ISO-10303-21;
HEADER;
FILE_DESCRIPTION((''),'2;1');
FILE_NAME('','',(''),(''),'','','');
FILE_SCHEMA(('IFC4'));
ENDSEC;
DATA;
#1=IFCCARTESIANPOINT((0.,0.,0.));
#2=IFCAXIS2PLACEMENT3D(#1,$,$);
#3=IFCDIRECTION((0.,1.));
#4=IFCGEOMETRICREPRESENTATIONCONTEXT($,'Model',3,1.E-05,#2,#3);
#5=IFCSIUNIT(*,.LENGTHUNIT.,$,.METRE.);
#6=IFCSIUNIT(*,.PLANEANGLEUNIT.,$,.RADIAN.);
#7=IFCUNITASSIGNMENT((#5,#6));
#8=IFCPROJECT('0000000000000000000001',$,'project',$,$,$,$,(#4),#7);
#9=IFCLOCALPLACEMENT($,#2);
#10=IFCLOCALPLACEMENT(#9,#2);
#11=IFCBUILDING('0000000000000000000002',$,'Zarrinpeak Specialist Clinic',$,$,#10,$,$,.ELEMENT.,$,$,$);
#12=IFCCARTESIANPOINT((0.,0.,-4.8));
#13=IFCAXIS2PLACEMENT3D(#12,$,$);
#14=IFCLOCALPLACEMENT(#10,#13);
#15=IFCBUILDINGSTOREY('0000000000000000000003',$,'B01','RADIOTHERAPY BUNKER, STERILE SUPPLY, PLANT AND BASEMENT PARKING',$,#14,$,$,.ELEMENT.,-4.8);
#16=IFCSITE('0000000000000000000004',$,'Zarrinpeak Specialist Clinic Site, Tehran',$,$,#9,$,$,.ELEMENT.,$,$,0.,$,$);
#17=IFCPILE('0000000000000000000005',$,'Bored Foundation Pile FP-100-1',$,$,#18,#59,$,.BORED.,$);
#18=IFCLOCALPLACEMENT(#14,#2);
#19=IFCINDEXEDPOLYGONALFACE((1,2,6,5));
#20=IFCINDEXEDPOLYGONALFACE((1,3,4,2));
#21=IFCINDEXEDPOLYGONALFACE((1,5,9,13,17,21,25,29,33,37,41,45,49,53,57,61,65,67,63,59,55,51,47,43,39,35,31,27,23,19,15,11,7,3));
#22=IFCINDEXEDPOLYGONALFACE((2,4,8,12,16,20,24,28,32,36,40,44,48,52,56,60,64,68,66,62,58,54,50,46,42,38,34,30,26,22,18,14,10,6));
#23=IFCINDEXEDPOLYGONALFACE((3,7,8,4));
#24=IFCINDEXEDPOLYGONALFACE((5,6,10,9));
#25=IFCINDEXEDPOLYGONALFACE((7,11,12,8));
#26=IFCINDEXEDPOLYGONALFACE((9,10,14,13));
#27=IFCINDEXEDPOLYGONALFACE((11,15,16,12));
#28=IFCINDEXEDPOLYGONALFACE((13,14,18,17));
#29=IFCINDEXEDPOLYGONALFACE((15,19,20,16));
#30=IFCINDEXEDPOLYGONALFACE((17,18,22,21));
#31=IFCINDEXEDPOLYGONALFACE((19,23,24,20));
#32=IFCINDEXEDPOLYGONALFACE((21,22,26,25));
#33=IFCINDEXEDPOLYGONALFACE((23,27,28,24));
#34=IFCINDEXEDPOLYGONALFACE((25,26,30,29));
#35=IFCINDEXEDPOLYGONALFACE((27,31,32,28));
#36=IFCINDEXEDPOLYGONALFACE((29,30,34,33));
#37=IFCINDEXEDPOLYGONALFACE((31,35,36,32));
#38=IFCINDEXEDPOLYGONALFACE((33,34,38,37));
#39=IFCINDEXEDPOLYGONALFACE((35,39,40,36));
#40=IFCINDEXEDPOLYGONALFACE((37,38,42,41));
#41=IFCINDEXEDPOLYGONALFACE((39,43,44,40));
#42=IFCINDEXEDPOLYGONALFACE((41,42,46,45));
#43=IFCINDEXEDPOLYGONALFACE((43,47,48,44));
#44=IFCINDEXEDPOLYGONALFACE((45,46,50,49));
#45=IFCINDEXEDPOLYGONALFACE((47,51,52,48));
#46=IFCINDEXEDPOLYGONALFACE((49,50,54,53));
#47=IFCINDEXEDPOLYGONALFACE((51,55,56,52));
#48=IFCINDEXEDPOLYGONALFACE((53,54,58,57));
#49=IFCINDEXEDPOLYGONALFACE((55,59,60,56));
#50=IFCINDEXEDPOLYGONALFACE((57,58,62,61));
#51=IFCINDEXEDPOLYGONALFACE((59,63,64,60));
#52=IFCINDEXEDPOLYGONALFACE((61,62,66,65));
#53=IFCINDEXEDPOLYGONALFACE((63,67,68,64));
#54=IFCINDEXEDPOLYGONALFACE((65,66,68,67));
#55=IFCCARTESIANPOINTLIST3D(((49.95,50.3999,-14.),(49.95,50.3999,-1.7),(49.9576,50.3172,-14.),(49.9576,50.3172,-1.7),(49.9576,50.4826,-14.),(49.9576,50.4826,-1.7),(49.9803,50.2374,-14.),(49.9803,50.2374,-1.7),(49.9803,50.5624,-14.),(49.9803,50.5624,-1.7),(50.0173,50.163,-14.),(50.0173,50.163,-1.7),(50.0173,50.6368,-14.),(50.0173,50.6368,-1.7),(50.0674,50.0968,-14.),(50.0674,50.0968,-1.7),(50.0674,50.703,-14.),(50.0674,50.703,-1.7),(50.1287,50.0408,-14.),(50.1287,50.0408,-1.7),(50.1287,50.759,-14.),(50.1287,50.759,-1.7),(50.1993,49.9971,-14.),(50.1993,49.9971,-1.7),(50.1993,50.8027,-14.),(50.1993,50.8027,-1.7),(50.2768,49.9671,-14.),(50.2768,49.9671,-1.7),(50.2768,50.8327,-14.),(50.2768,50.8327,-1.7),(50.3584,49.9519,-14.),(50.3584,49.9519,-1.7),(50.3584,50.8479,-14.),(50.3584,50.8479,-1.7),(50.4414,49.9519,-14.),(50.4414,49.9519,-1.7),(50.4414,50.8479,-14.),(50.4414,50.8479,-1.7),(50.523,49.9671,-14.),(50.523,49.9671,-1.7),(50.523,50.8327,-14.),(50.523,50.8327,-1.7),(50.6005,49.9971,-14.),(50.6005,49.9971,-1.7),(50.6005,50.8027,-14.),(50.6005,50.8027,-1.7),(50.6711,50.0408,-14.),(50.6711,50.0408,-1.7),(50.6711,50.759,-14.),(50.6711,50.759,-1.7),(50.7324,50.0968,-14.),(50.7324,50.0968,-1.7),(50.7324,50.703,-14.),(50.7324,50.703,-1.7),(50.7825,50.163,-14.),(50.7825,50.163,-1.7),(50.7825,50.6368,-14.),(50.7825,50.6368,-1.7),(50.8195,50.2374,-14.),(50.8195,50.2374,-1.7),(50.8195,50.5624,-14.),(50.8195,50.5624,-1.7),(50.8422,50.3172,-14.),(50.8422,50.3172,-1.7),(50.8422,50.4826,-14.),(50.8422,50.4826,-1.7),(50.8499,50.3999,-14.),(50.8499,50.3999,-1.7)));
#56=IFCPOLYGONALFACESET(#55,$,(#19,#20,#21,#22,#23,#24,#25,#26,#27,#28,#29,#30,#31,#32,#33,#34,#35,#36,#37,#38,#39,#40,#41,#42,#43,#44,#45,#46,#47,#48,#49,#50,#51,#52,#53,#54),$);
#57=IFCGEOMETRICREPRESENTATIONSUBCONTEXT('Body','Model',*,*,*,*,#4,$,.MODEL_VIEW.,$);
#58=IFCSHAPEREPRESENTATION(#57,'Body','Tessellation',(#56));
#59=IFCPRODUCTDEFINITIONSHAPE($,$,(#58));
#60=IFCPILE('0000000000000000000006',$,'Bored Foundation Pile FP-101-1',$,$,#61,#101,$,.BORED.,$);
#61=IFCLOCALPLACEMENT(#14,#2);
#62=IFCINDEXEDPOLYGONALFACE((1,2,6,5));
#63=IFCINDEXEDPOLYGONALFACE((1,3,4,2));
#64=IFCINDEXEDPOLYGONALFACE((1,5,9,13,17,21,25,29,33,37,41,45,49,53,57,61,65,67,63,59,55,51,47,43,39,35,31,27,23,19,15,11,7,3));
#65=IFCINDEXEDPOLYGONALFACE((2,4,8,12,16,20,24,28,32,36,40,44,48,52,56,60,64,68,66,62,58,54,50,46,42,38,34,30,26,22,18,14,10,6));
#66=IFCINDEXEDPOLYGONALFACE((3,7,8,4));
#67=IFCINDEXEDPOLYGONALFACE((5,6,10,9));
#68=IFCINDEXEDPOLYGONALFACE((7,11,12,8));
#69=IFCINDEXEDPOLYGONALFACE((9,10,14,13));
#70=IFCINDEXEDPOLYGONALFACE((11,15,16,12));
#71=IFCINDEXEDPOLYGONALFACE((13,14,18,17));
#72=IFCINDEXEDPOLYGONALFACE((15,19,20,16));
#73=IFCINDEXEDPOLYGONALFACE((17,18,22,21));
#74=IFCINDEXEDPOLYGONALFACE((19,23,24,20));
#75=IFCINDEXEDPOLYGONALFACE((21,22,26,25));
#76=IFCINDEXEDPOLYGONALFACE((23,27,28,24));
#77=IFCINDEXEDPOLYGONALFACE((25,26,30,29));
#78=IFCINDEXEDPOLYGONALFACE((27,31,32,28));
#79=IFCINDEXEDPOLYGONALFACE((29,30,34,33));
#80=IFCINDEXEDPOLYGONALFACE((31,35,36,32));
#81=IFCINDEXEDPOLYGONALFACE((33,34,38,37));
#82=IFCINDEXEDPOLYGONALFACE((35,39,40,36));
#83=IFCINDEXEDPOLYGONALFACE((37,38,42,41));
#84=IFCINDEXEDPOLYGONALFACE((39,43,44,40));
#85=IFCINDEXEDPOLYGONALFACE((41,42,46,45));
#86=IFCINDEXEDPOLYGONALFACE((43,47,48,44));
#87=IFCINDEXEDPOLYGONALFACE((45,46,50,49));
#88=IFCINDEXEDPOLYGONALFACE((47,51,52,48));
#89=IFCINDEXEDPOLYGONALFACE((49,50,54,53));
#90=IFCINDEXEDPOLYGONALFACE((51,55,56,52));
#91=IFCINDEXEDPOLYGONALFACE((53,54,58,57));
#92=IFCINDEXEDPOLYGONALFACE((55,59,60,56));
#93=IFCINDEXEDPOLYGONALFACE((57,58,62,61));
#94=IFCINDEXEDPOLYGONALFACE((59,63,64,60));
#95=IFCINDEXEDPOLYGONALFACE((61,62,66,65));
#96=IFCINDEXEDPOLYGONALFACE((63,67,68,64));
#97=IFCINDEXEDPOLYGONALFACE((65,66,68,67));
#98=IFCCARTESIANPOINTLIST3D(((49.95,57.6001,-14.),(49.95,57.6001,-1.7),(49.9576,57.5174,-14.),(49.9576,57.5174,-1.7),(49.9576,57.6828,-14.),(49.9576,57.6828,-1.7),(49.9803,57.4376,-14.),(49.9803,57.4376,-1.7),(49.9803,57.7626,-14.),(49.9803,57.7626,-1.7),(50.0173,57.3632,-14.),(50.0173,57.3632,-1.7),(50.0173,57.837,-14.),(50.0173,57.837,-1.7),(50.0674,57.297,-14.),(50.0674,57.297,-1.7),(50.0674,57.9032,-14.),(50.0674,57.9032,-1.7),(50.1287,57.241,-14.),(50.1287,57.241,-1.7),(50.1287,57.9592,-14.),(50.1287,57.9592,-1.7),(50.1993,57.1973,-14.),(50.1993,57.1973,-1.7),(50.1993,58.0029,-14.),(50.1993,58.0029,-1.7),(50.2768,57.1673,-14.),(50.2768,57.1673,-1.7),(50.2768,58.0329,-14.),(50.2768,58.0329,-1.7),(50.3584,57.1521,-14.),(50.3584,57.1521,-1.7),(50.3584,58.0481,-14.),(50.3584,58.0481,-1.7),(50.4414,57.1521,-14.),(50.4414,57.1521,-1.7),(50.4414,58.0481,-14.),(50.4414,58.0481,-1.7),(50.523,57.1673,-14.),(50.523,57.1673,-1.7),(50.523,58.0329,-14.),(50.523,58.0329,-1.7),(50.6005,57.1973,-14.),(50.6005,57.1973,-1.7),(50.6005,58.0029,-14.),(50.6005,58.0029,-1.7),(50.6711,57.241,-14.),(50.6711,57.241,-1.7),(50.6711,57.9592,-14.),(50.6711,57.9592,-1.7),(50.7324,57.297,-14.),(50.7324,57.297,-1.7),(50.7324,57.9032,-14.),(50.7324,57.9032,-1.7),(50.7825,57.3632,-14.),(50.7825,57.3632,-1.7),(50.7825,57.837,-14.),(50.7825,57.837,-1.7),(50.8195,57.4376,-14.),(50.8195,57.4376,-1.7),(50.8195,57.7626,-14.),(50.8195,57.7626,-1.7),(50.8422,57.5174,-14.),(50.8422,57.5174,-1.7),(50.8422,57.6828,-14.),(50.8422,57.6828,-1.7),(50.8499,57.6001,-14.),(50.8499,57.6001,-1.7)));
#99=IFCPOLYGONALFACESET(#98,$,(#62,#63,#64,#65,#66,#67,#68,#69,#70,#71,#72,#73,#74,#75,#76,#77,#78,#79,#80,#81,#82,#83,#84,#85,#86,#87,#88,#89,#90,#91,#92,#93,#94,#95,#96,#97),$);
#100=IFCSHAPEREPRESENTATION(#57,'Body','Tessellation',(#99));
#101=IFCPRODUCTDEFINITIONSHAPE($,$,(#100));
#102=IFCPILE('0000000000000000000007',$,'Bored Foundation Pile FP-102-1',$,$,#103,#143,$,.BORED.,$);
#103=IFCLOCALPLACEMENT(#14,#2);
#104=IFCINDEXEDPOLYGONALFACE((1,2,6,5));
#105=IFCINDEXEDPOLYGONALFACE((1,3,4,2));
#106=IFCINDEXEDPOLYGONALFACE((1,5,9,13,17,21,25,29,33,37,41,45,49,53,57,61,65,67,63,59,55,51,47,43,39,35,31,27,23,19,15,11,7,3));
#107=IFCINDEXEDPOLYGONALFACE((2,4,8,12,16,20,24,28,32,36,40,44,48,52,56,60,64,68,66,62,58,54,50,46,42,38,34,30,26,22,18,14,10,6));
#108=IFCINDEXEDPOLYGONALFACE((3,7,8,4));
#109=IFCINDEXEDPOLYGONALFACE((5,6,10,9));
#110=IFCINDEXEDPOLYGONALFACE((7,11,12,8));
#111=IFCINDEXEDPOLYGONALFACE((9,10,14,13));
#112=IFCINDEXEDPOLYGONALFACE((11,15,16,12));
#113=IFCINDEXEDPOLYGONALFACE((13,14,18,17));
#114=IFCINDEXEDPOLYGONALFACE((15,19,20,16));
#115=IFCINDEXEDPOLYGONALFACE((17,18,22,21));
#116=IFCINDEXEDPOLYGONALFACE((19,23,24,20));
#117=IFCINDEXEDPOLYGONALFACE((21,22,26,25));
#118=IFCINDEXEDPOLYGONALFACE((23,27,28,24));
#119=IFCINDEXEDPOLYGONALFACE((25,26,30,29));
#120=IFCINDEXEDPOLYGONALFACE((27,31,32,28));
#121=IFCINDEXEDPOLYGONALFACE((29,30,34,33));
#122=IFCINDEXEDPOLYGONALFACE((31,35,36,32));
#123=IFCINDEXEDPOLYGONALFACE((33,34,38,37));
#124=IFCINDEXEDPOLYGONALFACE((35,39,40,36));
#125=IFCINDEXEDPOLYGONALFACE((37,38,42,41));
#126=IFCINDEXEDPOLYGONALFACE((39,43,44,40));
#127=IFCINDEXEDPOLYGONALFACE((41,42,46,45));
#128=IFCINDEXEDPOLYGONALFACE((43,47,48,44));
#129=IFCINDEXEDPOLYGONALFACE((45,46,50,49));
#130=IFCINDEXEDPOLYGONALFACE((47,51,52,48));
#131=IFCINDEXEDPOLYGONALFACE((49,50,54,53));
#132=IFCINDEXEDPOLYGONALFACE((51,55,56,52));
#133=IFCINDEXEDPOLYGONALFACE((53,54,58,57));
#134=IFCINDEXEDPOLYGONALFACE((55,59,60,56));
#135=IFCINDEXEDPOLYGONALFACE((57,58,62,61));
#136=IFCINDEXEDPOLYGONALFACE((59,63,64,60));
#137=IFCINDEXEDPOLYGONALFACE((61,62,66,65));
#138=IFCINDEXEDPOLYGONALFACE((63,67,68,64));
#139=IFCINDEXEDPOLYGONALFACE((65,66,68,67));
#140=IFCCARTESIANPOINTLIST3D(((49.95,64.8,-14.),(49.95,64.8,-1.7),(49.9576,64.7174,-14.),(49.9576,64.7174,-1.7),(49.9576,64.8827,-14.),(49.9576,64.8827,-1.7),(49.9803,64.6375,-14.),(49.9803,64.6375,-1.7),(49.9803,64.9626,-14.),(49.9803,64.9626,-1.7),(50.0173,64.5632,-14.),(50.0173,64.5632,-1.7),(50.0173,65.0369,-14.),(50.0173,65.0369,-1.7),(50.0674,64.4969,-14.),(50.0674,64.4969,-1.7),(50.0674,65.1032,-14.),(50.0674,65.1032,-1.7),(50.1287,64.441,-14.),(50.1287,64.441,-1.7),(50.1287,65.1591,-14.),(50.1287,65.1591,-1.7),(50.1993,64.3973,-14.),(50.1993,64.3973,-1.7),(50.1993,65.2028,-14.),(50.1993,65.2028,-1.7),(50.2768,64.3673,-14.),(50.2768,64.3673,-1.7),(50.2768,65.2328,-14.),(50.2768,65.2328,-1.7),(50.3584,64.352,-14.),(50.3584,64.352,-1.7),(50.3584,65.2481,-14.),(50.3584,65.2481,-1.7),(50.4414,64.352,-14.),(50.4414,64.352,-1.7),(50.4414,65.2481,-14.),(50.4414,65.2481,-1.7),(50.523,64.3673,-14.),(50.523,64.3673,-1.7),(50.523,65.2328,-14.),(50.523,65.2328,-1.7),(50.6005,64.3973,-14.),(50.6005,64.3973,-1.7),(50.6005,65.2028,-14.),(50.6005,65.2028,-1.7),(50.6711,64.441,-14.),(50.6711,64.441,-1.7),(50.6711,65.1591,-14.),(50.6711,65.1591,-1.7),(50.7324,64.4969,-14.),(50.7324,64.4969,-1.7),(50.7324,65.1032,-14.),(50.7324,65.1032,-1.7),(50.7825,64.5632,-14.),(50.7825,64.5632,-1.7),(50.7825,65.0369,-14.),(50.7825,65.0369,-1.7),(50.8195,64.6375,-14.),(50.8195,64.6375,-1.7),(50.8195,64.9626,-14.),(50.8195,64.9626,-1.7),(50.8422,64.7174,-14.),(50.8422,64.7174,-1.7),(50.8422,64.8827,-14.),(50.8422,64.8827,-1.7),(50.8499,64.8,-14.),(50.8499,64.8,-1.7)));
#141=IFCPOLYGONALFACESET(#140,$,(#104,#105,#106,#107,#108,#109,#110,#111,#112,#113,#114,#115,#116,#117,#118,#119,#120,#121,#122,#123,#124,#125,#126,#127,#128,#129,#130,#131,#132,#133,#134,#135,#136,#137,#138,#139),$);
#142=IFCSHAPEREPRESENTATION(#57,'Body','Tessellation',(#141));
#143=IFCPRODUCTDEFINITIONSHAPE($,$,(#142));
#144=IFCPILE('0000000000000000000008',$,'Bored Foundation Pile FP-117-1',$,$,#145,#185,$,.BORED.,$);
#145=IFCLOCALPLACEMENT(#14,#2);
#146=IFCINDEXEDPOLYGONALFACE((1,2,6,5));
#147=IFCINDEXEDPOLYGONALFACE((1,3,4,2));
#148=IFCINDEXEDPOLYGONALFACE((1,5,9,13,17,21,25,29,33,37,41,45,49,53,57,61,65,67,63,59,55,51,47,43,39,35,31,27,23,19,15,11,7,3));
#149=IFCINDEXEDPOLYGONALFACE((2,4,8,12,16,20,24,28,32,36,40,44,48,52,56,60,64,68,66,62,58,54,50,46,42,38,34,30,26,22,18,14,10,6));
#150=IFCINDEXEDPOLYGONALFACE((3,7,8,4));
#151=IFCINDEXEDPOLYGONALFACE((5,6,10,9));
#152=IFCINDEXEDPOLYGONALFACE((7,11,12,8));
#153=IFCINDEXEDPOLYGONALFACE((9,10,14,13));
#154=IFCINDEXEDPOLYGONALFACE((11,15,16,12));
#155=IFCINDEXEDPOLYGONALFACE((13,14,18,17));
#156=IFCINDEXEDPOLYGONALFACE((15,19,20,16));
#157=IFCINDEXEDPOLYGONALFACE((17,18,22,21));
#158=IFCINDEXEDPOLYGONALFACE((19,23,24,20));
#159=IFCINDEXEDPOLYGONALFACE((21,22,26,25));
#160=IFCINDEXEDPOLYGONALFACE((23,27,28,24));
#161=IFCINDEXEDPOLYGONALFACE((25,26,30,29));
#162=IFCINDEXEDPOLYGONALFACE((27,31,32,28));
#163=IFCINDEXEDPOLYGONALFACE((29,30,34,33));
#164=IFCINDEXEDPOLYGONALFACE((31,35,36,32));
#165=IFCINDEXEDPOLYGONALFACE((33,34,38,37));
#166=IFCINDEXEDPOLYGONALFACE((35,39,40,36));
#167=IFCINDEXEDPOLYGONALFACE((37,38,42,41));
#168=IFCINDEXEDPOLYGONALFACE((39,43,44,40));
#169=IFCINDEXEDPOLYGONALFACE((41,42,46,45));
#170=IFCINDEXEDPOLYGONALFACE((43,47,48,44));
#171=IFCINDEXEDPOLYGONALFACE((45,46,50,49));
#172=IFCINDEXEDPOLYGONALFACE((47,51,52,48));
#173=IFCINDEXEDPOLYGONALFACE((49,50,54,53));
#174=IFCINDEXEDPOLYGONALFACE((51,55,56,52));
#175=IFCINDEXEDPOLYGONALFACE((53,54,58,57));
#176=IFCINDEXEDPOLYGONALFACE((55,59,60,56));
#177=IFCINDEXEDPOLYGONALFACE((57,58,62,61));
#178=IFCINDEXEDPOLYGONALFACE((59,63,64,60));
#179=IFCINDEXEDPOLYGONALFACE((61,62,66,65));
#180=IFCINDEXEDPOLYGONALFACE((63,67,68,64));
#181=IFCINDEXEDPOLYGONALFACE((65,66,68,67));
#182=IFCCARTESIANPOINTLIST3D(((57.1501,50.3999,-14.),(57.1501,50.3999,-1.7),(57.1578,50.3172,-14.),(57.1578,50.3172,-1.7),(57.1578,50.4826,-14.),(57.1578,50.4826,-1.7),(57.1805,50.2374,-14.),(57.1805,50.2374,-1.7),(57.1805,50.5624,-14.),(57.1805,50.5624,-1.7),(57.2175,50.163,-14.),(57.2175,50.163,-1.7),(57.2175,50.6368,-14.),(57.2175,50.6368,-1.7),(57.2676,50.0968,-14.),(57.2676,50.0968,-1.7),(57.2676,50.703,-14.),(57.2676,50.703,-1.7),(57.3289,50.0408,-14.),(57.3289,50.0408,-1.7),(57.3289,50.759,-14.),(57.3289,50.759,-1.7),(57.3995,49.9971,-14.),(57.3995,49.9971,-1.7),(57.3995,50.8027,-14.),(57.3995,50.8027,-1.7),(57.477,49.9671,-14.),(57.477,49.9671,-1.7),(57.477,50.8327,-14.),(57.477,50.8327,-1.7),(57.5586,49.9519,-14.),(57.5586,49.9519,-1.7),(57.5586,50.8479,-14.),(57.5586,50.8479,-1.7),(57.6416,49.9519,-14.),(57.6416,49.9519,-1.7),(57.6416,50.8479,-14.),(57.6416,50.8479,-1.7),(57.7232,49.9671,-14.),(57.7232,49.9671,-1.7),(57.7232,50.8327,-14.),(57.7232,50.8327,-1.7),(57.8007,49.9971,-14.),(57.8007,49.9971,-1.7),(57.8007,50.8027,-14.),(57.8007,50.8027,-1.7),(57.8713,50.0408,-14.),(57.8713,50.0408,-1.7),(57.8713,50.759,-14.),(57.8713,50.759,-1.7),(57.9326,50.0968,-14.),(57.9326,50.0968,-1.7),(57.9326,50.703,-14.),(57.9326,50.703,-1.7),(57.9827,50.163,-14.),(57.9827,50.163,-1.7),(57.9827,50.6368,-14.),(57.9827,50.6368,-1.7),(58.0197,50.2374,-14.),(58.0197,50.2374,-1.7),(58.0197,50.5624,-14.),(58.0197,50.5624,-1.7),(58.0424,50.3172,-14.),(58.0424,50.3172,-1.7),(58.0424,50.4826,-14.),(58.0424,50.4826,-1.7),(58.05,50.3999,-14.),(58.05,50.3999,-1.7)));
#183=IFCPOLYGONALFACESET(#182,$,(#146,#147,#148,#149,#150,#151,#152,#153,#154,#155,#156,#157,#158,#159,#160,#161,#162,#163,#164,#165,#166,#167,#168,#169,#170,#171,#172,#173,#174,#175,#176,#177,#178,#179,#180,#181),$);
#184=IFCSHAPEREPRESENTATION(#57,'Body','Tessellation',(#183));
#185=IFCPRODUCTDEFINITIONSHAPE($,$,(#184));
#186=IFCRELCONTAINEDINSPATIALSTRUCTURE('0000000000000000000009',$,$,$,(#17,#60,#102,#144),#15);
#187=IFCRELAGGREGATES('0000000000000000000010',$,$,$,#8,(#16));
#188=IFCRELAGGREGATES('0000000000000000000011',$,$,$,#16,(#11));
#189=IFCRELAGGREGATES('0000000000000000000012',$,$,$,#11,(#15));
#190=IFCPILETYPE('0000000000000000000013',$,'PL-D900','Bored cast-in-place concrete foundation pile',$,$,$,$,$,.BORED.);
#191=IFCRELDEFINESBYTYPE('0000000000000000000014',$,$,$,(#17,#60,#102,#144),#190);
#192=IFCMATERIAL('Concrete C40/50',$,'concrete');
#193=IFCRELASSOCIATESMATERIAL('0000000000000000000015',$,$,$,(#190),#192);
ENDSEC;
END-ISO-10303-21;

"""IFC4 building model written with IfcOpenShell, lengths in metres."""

from ifc_helpers import new_model, si_unit, direction, frame, origin, origin_2d, place, context, subcontext, project, spatial, circle, extrude, material, material_profile, profile_set, type_object, element, save


model = new_model("IFC4")

# Units and contexts
model_context = context("Model", 3, precision=1e-05, world=origin(), true_north=direction((0.0, 1.0)))
body_context = subcontext(model_context, "Body", "Model", "MODEL_VIEW")
ifc_project = project(units=[si_unit("LENGTHUNIT", "METRE"), si_unit("PLANEANGLEUNIT", "RADIAN")], contexts=[model_context])

# Site, building, storey
site_placement = place(None, origin())
site = spatial("IfcSite", under=ifc_project, at=site_placement, Name="Zarrinpeak Specialist Clinic Site, Tehran", CompositionType="ELEMENT", RefElevation=0.0)
building_placement = place(site_placement, origin())
building = spatial("IfcBuilding", under=site, at=building_placement, Name="Zarrinpeak Specialist Clinic", CompositionType="ELEMENT")
storey_placement = place(building_placement, frame((0.0, 0.0, -4.8)))
storey = spatial("IfcBuildingStorey", under=building, at=storey_placement, Name="B01", Description="RADIOTHERAPY BUNKER, STERILE SUPPLY, PLANT AND BASEMENT PARKING", CompositionType="ELEMENT", Elevation=-4.8)

# Shared definitions
ifc_material = material(Name="Concrete C40/50", Category="concrete")

# Piles
ifc_material_profile_1 = material_profile(ifc_material, circle(Radius=0.45, at=origin_2d()), Name="BORED PILE D900")
ifc_profile_set_1 = profile_set([ifc_material_profile_1], Name="Concrete C40/50")
pile_type = type_object("IfcPileType", Name="PL-D900", Description="Bored cast-in-place concrete foundation pile", PredefinedType="BORED", material=ifc_profile_set_1)
for number, where, z_axis, x_axis, name in (
    (1, (50.3999, 50.3999, -1.7), (0.0, 0.0, -1.0), (1.0, 0.0, 0.0), "Bored Foundation Pile FP-100-1"),
    (2, (50.3999, 57.6001, -1.7), (0.0, 0.0, -1.0), (1.0, 0.0, 0.0), "Bored Foundation Pile FP-101-1"),
    (3, (50.3999, 64.8, -1.7), (0.0, 0.0, -1.0), (1.0, 0.0, 0.0), "Bored Foundation Pile FP-102-1"),
    (4, (57.6001, 50.3999, -1.7), (0.0, 0.0, -1.0), (1.0, 0.0, 0.0), "Bored Foundation Pile FP-117-1"),
):
    element("IfcPile", number, at=place(storey_placement, frame(where, z_axis=z_axis, x_axis=x_axis)), inside=storey, type_object=pile_type, Name=name, PredefinedType="BORED", context=body_context, shape_type="SweptSolid", body=[
        extrude(circle(Radius=0.45, at=origin_2d()), origin(), (0.0, 0.0, 1.0), 12.3),
    ])

save(model, "model.ifc")
